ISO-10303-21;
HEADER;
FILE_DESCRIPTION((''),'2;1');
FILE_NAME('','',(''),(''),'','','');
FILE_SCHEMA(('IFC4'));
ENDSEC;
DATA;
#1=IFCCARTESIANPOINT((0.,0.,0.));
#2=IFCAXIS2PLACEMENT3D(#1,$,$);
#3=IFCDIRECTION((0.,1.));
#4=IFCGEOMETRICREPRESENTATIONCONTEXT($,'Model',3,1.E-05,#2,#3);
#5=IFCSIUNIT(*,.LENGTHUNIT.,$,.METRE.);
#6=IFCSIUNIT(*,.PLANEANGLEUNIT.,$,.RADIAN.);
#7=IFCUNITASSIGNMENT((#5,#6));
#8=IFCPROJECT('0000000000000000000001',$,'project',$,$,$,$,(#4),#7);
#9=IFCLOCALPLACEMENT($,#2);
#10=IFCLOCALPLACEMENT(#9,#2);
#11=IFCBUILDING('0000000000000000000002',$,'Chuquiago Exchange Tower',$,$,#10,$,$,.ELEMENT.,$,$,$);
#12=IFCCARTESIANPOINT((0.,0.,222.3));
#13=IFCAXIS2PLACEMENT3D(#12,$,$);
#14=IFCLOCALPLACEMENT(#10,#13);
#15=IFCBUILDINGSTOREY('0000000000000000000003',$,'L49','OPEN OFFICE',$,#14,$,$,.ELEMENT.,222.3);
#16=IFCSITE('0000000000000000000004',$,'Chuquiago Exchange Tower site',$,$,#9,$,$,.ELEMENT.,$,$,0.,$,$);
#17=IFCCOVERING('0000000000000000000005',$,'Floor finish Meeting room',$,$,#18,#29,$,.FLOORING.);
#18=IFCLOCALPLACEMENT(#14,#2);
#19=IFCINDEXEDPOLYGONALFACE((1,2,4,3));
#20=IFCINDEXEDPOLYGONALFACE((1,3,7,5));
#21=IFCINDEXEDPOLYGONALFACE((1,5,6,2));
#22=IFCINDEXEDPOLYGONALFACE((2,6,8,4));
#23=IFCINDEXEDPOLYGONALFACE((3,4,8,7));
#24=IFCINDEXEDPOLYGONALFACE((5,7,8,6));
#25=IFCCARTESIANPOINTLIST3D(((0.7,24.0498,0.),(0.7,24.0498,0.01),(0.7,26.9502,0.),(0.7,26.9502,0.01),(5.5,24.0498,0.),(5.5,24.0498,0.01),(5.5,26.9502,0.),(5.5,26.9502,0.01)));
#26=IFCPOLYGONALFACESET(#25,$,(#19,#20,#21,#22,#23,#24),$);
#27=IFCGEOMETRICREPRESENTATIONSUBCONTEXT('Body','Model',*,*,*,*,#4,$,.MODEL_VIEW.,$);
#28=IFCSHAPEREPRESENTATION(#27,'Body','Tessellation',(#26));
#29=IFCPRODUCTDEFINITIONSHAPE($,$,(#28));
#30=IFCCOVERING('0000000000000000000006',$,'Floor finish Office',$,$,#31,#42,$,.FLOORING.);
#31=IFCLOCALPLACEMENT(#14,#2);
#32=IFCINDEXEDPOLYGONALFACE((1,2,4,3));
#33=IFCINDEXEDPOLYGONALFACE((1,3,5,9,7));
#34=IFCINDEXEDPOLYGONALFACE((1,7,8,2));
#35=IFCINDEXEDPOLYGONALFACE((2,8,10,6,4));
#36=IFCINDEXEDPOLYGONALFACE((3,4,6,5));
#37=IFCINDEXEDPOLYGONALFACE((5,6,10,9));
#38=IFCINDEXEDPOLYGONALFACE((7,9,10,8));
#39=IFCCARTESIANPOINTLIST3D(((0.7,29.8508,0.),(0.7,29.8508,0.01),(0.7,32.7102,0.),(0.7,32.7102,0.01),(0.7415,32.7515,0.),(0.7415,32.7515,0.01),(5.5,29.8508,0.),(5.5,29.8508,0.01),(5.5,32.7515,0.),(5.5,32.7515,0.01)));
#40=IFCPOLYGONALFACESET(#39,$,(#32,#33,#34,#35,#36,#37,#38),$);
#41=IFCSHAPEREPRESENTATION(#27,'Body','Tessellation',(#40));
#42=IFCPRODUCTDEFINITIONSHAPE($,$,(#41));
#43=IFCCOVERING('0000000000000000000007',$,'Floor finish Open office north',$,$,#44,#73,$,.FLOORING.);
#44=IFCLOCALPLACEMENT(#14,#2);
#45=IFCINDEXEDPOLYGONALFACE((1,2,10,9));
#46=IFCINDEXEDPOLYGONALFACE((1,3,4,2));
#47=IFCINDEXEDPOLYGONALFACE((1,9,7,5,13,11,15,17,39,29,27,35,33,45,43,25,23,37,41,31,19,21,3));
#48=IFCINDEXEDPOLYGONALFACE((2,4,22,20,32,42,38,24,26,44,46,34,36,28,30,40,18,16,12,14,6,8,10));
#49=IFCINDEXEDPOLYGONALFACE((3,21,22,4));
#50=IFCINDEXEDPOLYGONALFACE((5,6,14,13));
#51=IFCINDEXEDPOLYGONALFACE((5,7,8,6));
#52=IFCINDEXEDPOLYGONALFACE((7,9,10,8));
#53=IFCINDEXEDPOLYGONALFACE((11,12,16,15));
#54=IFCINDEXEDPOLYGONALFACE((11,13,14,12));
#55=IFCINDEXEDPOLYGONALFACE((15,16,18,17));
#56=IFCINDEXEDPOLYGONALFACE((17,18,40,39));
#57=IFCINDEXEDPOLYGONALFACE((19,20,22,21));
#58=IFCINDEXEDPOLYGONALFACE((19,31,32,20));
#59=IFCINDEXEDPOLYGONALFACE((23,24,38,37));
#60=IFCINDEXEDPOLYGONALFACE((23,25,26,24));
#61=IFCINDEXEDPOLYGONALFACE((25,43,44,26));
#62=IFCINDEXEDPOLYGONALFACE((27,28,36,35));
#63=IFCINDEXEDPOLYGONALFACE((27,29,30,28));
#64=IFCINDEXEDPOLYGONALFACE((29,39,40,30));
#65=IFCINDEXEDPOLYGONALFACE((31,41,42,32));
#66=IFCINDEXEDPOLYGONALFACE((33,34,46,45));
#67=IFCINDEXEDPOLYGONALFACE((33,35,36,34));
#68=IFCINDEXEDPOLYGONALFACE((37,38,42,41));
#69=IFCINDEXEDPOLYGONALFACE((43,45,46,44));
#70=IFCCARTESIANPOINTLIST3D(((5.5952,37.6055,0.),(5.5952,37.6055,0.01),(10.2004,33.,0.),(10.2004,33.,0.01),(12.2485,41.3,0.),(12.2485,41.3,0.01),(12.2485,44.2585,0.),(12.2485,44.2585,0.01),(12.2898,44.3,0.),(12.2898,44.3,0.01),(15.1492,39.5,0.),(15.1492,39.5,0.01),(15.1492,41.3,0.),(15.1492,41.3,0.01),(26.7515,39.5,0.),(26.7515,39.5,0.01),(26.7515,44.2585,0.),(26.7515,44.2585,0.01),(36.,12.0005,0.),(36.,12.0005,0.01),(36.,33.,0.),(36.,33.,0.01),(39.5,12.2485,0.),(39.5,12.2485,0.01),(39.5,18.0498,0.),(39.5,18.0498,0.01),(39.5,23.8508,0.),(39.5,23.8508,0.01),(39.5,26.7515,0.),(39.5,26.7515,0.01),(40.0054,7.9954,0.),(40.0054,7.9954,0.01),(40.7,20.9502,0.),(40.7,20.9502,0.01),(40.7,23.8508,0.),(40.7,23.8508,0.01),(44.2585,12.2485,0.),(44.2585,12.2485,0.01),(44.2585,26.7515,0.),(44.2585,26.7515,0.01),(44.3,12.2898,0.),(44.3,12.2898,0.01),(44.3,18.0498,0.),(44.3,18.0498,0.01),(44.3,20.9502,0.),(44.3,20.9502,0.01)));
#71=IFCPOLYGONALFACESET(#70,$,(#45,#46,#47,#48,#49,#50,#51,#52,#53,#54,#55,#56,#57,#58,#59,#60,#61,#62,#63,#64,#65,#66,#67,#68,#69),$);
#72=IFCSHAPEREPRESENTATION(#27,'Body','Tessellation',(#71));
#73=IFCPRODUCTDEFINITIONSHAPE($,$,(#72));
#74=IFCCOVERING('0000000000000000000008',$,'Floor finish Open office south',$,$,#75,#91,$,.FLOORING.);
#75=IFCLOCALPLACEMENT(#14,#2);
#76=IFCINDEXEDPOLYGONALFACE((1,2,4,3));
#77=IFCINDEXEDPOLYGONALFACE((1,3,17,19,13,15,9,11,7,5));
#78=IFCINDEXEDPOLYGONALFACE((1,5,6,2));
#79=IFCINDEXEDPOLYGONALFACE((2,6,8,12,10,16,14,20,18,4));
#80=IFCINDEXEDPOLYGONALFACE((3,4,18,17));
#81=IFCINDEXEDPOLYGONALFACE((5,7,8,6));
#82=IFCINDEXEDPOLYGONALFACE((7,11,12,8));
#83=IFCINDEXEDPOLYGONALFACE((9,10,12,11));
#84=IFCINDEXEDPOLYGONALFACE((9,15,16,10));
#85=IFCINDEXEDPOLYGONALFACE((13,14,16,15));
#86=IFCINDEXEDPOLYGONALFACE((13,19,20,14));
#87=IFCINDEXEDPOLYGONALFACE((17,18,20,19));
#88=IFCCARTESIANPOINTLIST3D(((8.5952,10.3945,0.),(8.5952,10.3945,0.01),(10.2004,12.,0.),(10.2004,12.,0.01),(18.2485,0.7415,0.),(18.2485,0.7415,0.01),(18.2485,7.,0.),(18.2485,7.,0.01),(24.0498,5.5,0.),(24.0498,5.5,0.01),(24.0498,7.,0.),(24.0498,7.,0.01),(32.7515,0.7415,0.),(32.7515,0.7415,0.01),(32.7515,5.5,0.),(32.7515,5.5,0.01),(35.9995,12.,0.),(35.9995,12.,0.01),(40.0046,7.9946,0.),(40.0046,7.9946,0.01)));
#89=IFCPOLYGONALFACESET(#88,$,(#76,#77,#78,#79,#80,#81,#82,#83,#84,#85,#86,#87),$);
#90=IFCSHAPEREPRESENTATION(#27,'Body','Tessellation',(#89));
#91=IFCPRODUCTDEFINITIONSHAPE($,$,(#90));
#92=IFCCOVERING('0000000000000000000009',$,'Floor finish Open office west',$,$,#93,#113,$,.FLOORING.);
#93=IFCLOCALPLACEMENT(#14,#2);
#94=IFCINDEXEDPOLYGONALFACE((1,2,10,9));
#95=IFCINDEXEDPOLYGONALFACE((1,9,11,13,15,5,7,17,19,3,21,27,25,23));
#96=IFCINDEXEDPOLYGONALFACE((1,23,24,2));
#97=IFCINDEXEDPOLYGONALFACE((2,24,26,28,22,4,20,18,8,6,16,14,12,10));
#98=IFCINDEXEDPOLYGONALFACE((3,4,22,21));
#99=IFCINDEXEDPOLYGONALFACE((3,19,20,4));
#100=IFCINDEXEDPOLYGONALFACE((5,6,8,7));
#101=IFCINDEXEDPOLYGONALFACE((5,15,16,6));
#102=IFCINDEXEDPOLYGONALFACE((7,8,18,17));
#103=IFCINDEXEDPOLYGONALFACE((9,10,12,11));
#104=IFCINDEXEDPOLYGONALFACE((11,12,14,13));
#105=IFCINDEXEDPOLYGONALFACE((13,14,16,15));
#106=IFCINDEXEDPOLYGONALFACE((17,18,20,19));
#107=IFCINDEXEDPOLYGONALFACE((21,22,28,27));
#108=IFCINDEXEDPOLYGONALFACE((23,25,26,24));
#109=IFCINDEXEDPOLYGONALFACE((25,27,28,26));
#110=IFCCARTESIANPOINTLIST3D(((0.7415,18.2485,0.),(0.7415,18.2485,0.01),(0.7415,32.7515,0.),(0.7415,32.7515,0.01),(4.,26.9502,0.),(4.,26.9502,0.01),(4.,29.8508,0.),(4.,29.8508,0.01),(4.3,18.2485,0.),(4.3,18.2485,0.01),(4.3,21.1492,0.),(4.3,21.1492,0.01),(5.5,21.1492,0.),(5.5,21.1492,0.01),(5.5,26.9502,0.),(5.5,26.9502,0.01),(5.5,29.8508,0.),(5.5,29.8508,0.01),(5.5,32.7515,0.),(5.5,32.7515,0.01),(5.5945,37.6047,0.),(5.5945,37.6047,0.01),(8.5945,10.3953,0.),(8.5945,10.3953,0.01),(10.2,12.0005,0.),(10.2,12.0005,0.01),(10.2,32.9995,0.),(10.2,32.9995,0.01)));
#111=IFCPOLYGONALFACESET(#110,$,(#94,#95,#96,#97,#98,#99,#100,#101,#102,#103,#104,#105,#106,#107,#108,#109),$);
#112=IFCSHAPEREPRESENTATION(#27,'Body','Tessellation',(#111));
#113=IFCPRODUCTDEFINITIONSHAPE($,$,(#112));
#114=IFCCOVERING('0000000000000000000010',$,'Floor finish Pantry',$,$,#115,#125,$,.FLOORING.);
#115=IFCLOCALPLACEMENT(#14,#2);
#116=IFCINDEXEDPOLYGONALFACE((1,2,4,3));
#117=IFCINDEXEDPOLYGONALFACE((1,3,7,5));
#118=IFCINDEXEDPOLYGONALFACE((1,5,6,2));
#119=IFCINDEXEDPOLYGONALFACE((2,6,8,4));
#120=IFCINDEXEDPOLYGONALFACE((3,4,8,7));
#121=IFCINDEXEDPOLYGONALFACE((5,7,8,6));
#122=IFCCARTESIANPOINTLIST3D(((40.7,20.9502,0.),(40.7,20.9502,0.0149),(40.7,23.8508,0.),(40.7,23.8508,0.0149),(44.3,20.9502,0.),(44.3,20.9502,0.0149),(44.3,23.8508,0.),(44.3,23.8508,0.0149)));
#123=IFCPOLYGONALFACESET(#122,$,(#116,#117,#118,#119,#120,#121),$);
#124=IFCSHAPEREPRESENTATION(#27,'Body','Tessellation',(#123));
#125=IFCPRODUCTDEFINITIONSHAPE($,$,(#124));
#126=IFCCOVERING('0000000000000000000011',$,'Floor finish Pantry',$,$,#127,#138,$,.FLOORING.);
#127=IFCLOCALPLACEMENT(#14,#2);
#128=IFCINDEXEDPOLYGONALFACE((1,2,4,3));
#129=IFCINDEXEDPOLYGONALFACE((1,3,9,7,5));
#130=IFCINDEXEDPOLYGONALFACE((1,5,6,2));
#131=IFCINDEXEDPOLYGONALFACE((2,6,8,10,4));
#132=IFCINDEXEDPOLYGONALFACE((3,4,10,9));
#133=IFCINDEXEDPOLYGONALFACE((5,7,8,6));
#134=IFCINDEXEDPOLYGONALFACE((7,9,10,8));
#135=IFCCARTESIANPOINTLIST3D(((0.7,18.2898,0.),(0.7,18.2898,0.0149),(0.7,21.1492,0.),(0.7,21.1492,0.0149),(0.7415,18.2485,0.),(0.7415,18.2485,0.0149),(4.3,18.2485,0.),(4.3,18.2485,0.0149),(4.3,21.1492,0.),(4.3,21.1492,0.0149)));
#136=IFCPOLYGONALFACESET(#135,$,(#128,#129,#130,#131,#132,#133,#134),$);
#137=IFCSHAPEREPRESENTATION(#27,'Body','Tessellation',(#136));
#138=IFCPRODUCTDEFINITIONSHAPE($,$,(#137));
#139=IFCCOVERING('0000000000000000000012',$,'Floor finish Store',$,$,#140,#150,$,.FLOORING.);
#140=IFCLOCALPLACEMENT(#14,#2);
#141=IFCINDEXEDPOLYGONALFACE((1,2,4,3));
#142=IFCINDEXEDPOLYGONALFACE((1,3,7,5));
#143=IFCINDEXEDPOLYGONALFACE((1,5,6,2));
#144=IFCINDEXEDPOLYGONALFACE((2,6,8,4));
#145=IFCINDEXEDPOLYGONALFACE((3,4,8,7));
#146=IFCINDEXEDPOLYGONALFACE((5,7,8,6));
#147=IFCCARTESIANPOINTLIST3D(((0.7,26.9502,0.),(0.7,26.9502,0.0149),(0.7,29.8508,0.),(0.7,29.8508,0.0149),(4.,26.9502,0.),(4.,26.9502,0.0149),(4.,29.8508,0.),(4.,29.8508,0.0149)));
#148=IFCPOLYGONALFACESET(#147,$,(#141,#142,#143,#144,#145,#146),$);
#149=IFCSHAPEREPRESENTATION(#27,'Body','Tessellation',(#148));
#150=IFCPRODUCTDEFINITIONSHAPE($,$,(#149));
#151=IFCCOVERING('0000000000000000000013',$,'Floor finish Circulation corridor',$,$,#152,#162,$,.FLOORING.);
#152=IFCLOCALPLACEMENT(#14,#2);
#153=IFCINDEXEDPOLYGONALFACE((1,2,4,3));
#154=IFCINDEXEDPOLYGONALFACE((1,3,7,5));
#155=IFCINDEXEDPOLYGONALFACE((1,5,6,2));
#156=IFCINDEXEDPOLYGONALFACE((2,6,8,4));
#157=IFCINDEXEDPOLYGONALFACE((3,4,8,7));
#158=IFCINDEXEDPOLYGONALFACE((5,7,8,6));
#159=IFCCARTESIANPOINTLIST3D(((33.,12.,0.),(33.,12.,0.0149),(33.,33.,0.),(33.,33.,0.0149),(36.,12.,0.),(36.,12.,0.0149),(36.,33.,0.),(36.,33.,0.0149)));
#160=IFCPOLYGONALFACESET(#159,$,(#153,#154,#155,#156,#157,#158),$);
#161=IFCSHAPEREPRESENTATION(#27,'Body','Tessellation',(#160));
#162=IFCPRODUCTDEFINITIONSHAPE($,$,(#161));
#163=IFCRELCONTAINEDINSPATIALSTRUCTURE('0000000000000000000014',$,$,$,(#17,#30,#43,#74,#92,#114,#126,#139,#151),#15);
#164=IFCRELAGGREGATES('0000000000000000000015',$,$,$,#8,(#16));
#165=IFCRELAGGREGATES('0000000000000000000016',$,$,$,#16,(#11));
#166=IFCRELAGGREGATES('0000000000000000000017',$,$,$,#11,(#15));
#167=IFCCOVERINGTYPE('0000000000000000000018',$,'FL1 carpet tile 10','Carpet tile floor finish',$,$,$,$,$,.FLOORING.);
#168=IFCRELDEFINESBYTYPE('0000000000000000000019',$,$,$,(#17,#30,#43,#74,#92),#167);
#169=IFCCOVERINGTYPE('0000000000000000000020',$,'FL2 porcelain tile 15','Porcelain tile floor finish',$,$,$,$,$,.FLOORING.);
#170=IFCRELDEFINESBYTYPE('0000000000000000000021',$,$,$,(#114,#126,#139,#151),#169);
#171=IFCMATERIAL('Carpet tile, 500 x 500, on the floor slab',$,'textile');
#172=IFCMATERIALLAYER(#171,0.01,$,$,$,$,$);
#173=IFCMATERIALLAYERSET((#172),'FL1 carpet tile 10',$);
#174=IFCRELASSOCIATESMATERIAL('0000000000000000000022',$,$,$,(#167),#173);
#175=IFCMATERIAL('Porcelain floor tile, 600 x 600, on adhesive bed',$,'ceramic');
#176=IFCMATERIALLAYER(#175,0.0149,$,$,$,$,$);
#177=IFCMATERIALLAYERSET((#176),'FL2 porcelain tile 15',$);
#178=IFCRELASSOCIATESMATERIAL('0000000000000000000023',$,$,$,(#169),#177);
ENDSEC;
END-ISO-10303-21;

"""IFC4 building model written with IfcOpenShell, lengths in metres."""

from ifc_helpers import new_model, si_unit, direction, frame, origin, place, context, subcontext, project, spatial, polyline, outline, extrude, material, layer, layer_set, type_object, element, save


model = new_model("IFC4")

# Units and contexts
model_context = context("Model", 3, precision=1e-05, world=origin(), true_north=direction((0.0, 1.0)))
body_context = subcontext(model_context, "Body", "Model", "MODEL_VIEW")
ifc_project = project(units=[si_unit("LENGTHUNIT", "METRE"), si_unit("PLANEANGLEUNIT", "RADIAN")], contexts=[model_context])

# Site, building, storey
site_placement = place(None, origin())
site = spatial("IfcSite", under=ifc_project, at=site_placement, Name="Chuquiago Exchange Tower site", CompositionType="ELEMENT", RefElevation=0.0)
building_placement = place(site_placement, origin())
building = spatial("IfcBuilding", under=site, at=building_placement, Name="Chuquiago Exchange Tower", CompositionType="ELEMENT")
storey_placement = place(building_placement, frame((0.0, 0.0, 222.3)))
storey = spatial("IfcBuildingStorey", under=building, at=storey_placement, Name="L49", Description="OPEN OFFICE", CompositionType="ELEMENT", Elevation=222.3)

# Coverings
ifc_material_1 = material(Name="Carpet tile, 500 x 500, on the floor slab", Category="textile")
ifc_layer_1 = layer(ifc_material_1, 0.01)
ifc_layer_set_1 = layer_set([ifc_layer_1], Name="FL1 carpet tile 10")
covering_type_1 = type_object("IfcCoveringType", Name="FL1 carpet tile 10", Description="Carpet tile floor finish", PredefinedType="FLOORING", material=ifc_layer_set_1)
covering_1_placement = place(storey_placement, origin())
element("IfcCovering", 1, at=covering_1_placement, inside=storey, type_object=covering_type_1, Name="Floor finish Meeting room", PredefinedType="FLOORING", context=body_context, shape_type="SweptSolid", body=[
    extrude(outline(polyline([(0.7, 26.9502), (5.5, 26.9502), (5.5, 24.0498), (0.7, 24.0498), (0.7, 26.9502)])), origin(), (0.0, 0.0, 1.0), 0.01),
])
covering_2_placement = place(storey_placement, origin())
element("IfcCovering", 2, at=covering_2_placement, inside=storey, type_object=covering_type_1, Name="Floor finish Office", PredefinedType="FLOORING", context=body_context, shape_type="SweptSolid", body=[
    extrude(outline(polyline([(0.7, 32.7102), (0.7415, 32.7515), (5.5, 32.7515), (5.5, 29.8508), (0.7, 29.8508), (0.7, 32.7102)])), origin(), (0.0, 0.0, 1.0), 0.01),
])
covering_3_placement = place(storey_placement, origin())
element("IfcCovering", 3, at=covering_3_placement, inside=storey, type_object=covering_type_1, Name="Floor finish Open office north", PredefinedType="FLOORING", context=body_context, shape_type="SweptSolid", body=[
    extrude(outline(polyline([(12.2485, 41.3), (15.1492, 41.3), (15.1492, 39.5), (26.7515, 39.5), (26.7515, 44.2585), (44.2585, 26.7515), (39.5, 26.7515), (39.5, 23.8508), (40.7, 23.8508), (40.7, 20.9502), (44.3, 20.9502), (44.3, 18.0498), (39.5, 18.0498), (39.5, 12.2485), (44.2585, 12.2485), (44.3, 12.2898), (40.0054, 7.9954), (36.0, 12.0005), (36.0, 33.0), (10.2004, 33.0), (5.5952, 37.6055), (12.2898, 44.3), (12.2485, 44.2585), (12.2485, 41.3)])), origin(), (0.0, 0.0, 1.0), 0.01),
])
covering_4_placement = place(storey_placement, origin())
element("IfcCovering", 4, at=covering_4_placement, inside=storey, type_object=covering_type_1, Name="Floor finish Open office south", PredefinedType="FLOORING", context=body_context, shape_type="SweptSolid", body=[
    extrude(outline(polyline([(32.7515, 0.7415), (32.7515, 5.5), (24.0498, 5.5), (24.0498, 7.0), (18.2485, 7.0), (18.2485, 0.7415), (8.5952, 10.3945), (10.2004, 12.0), (35.9995, 12.0), (40.0046, 7.9946), (32.7515, 0.7415)])), origin(), (0.0, 0.0, 1.0), 0.01),
])
covering_5_placement = place(storey_placement, origin())
element("IfcCovering", 5, at=covering_5_placement, inside=storey, type_object=covering_type_1, Name="Floor finish Open office west", PredefinedType="FLOORING", context=body_context, shape_type="SweptSolid", body=[
    extrude(outline(polyline([(0.7415, 18.2485), (4.3, 18.2485), (4.3, 21.1492), (5.5, 21.1492), (5.5, 26.9502), (4.0, 26.9502), (4.0, 29.8508), (5.5, 29.8508), (5.5, 32.7515), (0.7415, 32.7515), (5.5945, 37.6047), (10.2, 32.9995), (10.2, 12.0005), (8.5945, 10.3953), (0.7415, 18.2485)])), origin(), (0.0, 0.0, 1.0), 0.01),
])
ifc_material_2 = material(Name="Porcelain floor tile, 600 x 600, on adhesive bed", Category="ceramic")
ifc_layer_2 = layer(ifc_material_2, 0.0149)
ifc_layer_set_2 = layer_set([ifc_layer_2], Name="FL2 porcelain tile 15")
covering_type_2 = type_object("IfcCoveringType", Name="FL2 porcelain tile 15", Description="Porcelain tile floor finish", PredefinedType="FLOORING", material=ifc_layer_set_2)
covering_6_placement = place(storey_placement, origin())
element("IfcCovering", 6, at=covering_6_placement, inside=storey, type_object=covering_type_2, Name="Floor finish Pantry", PredefinedType="FLOORING", context=body_context, shape_type="SweptSolid", body=[
    extrude(outline(polyline([(44.3, 20.9502), (40.7, 20.9502), (40.7, 23.8508), (44.3, 23.8508), (44.3, 20.9502)])), origin(), (0.0, 0.0, 1.0), 0.0149),
])
covering_7_placement = place(storey_placement, origin())
element("IfcCovering", 7, at=covering_7_placement, inside=storey, type_object=covering_type_2, Name="Floor finish Pantry", PredefinedType="FLOORING", context=body_context, shape_type="SweptSolid", body=[
    extrude(outline(polyline([(0.7, 21.1492), (4.3, 21.1492), (4.3, 18.2485), (0.7415, 18.2485), (0.7, 18.2898), (0.7, 21.1492)])), origin(), (0.0, 0.0, 1.0), 0.0149),
])
covering_8_placement = place(storey_placement, origin())
element("IfcCovering", 8, at=covering_8_placement, inside=storey, type_object=covering_type_2, Name="Floor finish Store", PredefinedType="FLOORING", context=body_context, shape_type="SweptSolid", body=[
    extrude(outline(polyline([(0.7, 29.8508), (4.0, 29.8508), (4.0, 26.9502), (0.7, 26.9502), (0.7, 29.8508)])), origin(), (0.0, 0.0, 1.0), 0.0149),
])
covering_9_placement = place(storey_placement, origin())
element("IfcCovering", 9, at=covering_9_placement, inside=storey, type_object=covering_type_2, Name="Floor finish Circulation corridor", PredefinedType="FLOORING", context=body_context, shape_type="SweptSolid", body=[
    extrude(outline(polyline([(33.0, 33.0), (36.0, 33.0), (36.0, 12.0), (33.0, 12.0), (33.0, 33.0)])), origin(), (0.0, 0.0, 1.0), 0.0149),
])

save(model, "model.ifc")
